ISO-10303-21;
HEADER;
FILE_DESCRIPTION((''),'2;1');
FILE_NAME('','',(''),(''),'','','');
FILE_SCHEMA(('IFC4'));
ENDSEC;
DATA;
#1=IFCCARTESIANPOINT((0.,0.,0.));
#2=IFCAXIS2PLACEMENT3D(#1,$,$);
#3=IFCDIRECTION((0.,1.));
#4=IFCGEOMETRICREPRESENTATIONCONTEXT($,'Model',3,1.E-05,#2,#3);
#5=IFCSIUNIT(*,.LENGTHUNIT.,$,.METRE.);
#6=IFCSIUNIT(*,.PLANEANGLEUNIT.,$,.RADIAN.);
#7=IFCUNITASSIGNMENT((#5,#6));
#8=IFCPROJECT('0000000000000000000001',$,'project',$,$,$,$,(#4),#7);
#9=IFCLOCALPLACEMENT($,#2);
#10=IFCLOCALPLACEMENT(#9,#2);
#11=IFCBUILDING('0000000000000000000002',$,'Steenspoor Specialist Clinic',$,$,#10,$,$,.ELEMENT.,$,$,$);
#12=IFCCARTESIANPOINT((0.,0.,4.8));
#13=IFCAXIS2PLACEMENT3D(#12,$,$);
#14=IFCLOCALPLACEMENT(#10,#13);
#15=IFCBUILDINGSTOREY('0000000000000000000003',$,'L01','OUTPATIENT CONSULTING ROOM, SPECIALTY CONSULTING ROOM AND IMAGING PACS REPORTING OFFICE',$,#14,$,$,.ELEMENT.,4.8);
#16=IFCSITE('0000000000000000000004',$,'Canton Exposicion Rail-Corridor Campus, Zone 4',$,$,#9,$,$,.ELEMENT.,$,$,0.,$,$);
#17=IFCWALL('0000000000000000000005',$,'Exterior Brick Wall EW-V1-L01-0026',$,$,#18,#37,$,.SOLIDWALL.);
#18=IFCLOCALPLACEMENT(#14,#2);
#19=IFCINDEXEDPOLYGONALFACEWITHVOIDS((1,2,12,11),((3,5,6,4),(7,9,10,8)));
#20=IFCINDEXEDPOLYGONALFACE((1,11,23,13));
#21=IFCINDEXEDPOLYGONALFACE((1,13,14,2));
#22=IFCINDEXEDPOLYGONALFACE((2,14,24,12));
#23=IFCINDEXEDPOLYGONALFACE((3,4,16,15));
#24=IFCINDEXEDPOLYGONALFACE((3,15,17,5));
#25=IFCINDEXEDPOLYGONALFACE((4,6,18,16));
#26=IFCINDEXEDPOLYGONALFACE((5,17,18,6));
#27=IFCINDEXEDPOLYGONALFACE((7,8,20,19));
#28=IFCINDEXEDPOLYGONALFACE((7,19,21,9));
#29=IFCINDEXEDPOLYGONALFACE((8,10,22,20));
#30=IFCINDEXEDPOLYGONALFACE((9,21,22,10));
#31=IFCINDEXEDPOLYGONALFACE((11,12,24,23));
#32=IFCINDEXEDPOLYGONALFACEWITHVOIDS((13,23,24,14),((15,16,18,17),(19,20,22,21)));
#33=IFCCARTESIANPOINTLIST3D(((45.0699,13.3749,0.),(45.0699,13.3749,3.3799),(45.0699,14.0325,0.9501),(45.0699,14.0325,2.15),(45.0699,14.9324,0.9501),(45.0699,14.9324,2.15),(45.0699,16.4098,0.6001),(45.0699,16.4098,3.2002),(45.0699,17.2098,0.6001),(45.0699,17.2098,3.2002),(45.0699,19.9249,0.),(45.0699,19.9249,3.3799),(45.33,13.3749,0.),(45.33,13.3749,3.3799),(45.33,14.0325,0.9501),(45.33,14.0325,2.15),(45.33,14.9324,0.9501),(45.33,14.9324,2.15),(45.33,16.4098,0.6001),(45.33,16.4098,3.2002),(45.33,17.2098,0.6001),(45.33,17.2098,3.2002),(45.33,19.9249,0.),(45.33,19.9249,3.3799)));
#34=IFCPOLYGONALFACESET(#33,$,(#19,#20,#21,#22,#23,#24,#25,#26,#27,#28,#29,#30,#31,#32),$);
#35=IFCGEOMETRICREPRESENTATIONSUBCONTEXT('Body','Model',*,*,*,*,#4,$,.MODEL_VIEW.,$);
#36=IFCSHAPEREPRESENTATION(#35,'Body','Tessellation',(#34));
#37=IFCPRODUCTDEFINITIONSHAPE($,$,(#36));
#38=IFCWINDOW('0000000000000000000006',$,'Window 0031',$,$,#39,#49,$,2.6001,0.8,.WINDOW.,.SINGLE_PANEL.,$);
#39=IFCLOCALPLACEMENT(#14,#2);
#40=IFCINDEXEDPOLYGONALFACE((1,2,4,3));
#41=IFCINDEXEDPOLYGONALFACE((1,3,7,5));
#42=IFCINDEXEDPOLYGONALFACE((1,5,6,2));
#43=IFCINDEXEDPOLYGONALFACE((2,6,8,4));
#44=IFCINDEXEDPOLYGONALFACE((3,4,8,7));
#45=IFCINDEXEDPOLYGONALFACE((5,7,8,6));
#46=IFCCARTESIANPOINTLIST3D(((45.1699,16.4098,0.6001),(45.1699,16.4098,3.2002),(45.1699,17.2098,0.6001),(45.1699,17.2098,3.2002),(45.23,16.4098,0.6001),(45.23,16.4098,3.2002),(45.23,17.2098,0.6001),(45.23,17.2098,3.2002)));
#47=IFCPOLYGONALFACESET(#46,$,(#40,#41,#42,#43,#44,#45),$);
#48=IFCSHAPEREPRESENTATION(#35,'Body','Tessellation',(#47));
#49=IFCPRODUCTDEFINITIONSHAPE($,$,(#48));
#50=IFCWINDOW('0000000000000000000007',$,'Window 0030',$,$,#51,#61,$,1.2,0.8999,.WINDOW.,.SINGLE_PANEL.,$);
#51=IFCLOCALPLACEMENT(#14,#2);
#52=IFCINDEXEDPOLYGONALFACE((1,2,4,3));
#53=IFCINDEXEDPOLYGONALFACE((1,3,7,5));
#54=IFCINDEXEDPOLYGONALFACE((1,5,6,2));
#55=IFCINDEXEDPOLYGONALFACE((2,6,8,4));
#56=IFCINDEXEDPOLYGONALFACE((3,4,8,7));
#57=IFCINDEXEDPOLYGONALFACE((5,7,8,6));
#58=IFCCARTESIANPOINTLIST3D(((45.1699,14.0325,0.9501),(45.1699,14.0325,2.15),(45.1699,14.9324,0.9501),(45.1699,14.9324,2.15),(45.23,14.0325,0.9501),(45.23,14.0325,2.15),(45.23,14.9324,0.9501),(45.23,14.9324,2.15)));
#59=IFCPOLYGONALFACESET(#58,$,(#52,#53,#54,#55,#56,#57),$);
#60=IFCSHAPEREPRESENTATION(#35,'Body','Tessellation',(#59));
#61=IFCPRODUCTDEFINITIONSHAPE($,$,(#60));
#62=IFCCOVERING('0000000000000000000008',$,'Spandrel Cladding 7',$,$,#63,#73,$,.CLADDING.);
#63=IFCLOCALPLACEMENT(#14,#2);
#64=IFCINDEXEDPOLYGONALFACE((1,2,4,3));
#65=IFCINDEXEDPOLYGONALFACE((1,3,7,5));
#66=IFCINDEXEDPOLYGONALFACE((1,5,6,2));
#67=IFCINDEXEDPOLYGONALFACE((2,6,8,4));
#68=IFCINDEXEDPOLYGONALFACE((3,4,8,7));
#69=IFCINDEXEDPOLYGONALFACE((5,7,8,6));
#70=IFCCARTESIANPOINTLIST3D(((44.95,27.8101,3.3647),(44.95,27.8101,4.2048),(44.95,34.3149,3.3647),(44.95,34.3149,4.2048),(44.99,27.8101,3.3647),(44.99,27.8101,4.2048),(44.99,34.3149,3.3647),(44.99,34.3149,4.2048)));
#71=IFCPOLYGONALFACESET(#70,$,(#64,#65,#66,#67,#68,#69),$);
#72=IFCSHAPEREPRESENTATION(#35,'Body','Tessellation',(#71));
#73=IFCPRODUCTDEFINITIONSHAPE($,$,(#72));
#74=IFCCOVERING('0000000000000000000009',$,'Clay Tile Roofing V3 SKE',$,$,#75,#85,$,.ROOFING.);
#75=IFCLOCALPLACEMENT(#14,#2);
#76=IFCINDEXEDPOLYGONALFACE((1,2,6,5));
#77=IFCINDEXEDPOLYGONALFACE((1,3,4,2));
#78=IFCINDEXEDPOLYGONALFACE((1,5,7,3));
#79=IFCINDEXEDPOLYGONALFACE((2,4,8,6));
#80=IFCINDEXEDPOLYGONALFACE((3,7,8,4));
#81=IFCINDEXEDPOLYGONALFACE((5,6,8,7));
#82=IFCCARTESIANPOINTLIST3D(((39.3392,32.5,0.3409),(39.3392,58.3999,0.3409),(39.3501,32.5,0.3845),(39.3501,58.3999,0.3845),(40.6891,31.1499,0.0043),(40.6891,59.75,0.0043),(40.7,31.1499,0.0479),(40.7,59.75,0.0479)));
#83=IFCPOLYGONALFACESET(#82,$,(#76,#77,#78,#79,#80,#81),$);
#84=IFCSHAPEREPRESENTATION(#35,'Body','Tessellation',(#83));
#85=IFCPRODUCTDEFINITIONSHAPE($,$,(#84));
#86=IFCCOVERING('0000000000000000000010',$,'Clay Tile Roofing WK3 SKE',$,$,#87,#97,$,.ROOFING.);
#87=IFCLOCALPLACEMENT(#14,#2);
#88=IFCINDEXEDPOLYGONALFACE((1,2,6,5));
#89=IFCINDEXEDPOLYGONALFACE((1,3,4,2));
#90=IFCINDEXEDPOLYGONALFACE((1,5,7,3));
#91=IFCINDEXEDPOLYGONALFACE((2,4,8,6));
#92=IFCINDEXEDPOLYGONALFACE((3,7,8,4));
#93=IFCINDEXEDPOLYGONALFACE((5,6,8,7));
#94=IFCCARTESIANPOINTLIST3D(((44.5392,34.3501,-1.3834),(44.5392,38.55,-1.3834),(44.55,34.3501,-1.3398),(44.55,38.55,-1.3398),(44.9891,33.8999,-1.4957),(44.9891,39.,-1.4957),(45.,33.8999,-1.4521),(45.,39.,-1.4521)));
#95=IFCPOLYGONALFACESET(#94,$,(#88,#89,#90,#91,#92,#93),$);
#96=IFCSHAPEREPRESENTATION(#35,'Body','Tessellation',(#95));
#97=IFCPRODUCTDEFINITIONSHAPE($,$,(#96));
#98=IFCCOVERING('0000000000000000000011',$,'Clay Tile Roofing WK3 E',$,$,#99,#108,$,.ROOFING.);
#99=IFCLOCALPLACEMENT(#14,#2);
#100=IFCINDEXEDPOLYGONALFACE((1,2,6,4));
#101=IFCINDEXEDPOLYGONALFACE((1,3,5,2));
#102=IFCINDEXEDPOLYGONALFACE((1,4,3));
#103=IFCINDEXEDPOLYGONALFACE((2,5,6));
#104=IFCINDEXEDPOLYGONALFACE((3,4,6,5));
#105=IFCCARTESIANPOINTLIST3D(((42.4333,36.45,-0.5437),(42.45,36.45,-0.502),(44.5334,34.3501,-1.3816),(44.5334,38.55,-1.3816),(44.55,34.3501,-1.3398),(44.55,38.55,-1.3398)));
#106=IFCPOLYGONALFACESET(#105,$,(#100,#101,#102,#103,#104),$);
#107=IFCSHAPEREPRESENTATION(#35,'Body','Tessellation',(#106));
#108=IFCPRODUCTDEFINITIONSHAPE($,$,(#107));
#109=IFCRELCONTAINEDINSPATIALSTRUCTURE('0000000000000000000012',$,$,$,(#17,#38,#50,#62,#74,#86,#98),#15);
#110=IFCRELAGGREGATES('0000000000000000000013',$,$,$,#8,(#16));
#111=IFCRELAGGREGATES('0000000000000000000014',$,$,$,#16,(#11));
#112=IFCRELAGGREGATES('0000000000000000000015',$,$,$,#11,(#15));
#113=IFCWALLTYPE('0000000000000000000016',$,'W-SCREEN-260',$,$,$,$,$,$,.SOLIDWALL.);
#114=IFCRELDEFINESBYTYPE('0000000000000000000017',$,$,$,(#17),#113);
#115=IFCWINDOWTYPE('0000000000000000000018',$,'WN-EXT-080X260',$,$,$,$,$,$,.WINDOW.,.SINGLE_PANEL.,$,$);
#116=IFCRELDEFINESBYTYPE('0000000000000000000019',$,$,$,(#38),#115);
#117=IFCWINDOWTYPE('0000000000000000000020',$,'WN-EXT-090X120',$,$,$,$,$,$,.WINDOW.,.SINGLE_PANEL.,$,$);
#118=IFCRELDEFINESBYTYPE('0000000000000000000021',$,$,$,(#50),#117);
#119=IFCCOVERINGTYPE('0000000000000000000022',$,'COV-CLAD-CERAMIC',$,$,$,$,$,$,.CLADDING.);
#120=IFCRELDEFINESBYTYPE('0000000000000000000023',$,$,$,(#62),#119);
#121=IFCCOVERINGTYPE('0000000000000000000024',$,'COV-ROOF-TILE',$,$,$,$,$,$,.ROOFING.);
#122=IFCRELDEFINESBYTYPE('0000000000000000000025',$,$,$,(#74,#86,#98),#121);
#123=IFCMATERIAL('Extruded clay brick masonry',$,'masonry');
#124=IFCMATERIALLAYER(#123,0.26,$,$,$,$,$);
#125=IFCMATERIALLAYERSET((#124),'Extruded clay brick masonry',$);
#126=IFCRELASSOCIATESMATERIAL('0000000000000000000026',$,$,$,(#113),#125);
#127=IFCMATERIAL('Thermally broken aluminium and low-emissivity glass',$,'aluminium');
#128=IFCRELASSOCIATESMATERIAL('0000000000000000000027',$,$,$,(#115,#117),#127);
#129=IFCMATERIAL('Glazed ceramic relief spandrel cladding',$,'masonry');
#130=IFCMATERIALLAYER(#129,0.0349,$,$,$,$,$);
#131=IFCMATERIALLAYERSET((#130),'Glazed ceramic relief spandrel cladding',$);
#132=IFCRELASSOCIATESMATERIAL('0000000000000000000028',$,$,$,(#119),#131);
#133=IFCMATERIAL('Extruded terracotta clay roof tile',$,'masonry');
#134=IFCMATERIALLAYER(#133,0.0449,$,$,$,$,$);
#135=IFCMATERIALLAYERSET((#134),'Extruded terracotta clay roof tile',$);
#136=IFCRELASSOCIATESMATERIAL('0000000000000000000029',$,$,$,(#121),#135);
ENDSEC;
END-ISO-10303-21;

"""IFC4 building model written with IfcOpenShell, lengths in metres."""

from ifc_helpers import new_model, si_unit, direction, frame, frame_2d, origin, origin_2d, place, context, subcontext, project, spatial, polyline, rectangle, outline, extrude, material, layer, layer_set, type_object, element, fill, save


model = new_model("IFC4")

# Units and contexts
model_context = context("Model", 3, precision=1e-05, world=origin(), true_north=direction((0.0, 1.0)))
body_context = subcontext(model_context, "Body", "Model", "MODEL_VIEW")
ifc_project = project(units=[si_unit("LENGTHUNIT", "METRE"), si_unit("PLANEANGLEUNIT", "RADIAN")], contexts=[model_context])

# Site, building, storey
site_placement = place(None, origin())
site = spatial("IfcSite", under=ifc_project, at=site_placement, Name="Canton Exposicion Rail-Corridor Campus, Zone 4", CompositionType="ELEMENT", RefElevation=0.0)
building_placement = place(site_placement, origin())
building = spatial("IfcBuilding", under=site, at=building_placement, Name="Steenspoor Specialist Clinic", CompositionType="ELEMENT")
storey_placement = place(building_placement, frame((0.0, 0.0, 4.8)))
storey = spatial("IfcBuildingStorey", under=building, at=storey_placement, Name="L01", Description="OUTPATIENT CONSULTING ROOM, SPECIALTY CONSULTING ROOM AND IMAGING PACS REPORTING OFFICE", CompositionType="ELEMENT", Elevation=4.8)

# Shared definitions
ifc_material_1 = material(Name="Thermally broken aluminium and low-emissivity glass", Category="aluminium")

# Shared definitions
ifc_material_2 = material(Name="Extruded terracotta clay roof tile", Category="masonry")

# Wall, openings, windows
ifc_material_3 = material(Name="Extruded clay brick masonry", Category="masonry")
ifc_layer_1 = layer(ifc_material_3, 0.26)
ifc_layer_set_1 = layer_set([ifc_layer_1], Name="Extruded clay brick masonry")
wall_type = type_object("IfcWallType", Name="W-SCREEN-260", PredefinedType="SOLIDWALL", material=ifc_layer_set_1)
wall_placement = place(storey_placement, frame((45.2, 13.375, 0.0), z_axis=(0.0, 0.0, 1.0), x_axis=(0.0, 1.0, 0.0)))
wall = element("IfcWall", 1, at=wall_placement, inside=storey, type_object=wall_type, Name="Exterior Brick Wall EW-V1-L01-0026", PredefinedType="SOLIDWALL", context=body_context, shape_type="SweptSolid", body=[
    extrude(rectangle(XDim=6.55, YDim=0.26, at=frame_2d((3.2749, 0.0))), origin(), (0.0, 0.0, 1.0), 3.3799),
])
opening_1_placement = place(wall_placement, frame((0.6575, 0.0, 0.95)))
opening_1 = element("IfcOpeningElement", 2, at=opening_1_placement, cuts=wall, PredefinedType="OPENING", context=body_context, shape_type="SweptSolid", body=[
    extrude(rectangle(XDim=0.8999, YDim=1.2, at=frame_2d((0.45, 0.6001))), frame((0.0, 0.1401, 0.0), z_axis=(0.0, -1.0, 0.0), x_axis=(1.0, 0.0, 0.0)), (0.0, 0.0, 1.0), 0.28),
])
opening_2_placement = place(wall_placement, frame((3.0349, 0.0, 0.6001)))
opening_2 = element("IfcOpeningElement", 3, at=opening_2_placement, cuts=wall, PredefinedType="OPENING", context=body_context, shape_type="SweptSolid", body=[
    extrude(rectangle(XDim=0.8, YDim=2.6001, at=frame_2d((0.3999, 1.3))), frame((0.0, 0.1401, 0.0), z_axis=(0.0, -1.0, 0.0), x_axis=(1.0, 0.0, 0.0)), (0.0, 0.0, 1.0), 0.28),
])
window_type_1 = type_object("IfcWindowType", Name="WN-EXT-080X260", PartitioningType="SINGLE_PANEL", PredefinedType="WINDOW", material=ifc_material_1)
window_1_placement = place(opening_2_placement, origin())
window_1 = element("IfcWindow", 4, at=window_1_placement, inside=storey, type_object=window_type_1, Name="Window 0031", OverallHeight=2.6001, OverallWidth=0.8, PartitioningType="SINGLE_PANEL", PredefinedType="WINDOW", context=body_context, shape_type="SweptSolid", body=[
    extrude(rectangle(XDim=0.8, YDim=2.6001, at=frame_2d((0.3999, 1.3))), frame((0.0, 0.03, 0.0), z_axis=(0.0, -1.0, 0.0), x_axis=(1.0, 0.0, 0.0)), (0.0, 0.0, 1.0), 0.0601),
])
fill(opening_2, window_1)
window_type_2 = type_object("IfcWindowType", Name="WN-EXT-090X120", PartitioningType="SINGLE_PANEL", PredefinedType="WINDOW", material=ifc_material_1)
window_2_placement = place(opening_1_placement, origin())
window_2 = element("IfcWindow", 5, at=window_2_placement, inside=storey, type_object=window_type_2, Name="Window 0030", OverallHeight=1.2, OverallWidth=0.8999, PartitioningType="SINGLE_PANEL", PredefinedType="WINDOW", context=body_context, shape_type="SweptSolid", body=[
    extrude(rectangle(XDim=0.8999, YDim=1.2, at=frame_2d((0.45, 0.6001))), frame((0.0, 0.03, 0.0), z_axis=(0.0, -1.0, 0.0), x_axis=(1.0, 0.0, 0.0)), (0.0, 0.0, 1.0), 0.0601),
])
fill(opening_1, window_2)

# Coverings
ifc_material_4 = material(Name="Glazed ceramic relief spandrel cladding", Category="masonry")
ifc_layer_2 = layer(ifc_material_4, 0.0349)
ifc_layer_set_2 = layer_set([ifc_layer_2], Name="Glazed ceramic relief spandrel cladding")
covering_type_1 = type_object("IfcCoveringType", Name="COV-CLAD-CERAMIC", PredefinedType="CLADDING", material=ifc_layer_set_2)
covering_1_placement = place(storey_placement, frame((44.97, 31.0625, 3.3647), z_axis=(0.0, 0.0, 1.0), x_axis=(0.0, 1.0, 0.0)))
element("IfcCovering", 6, at=covering_1_placement, inside=storey, type_object=covering_type_1, Name="Spandrel Cladding 7", PredefinedType="CLADDING", context=body_context, shape_type="SweptSolid", body=[
    extrude(rectangle(XDim=6.5049, YDim=0.04, at=origin_2d()), origin(), (0.0, 0.0, 1.0), 0.8401),
])
ifc_layer_3 = layer(ifc_material_2, 0.0449)
ifc_layer_set_3 = layer_set([ifc_layer_3], Name="Extruded terracotta clay roof tile")
covering_type_2 = type_object("IfcCoveringType", Name="COV-ROOF-TILE", PredefinedType="ROOFING", material=ifc_layer_set_3)
covering_2_placement = place(storey_placement, frame((40.7, 31.1499, 0.0479), z_axis=(0.241999, 0.0, 0.970277), x_axis=(0.0, 1.0, 0.0)))
element("IfcCovering", 7, at=covering_2_placement, inside=storey, type_object=covering_type_2, Name="Clay Tile Roofing V3 SKE", PredefinedType="ROOFING", context=body_context, shape_type="SweptSolid", body=[
    extrude(outline(polyline([(0.0, 0.0), (28.6001, 0.0), (27.25, 1.3912), (1.3501, 1.3912), (0.0, 0.0)])), origin(), (0.0, 0.0, -1.0), 0.0449),
])
covering_3_placement = place(storey_placement, frame((45.0, 33.8999, -1.4521), z_axis=(0.242164, 0.0, 0.970235), x_axis=(0.0, 1.0, 0.0)))
element("IfcCovering", 8, at=covering_3_placement, inside=storey, type_object=covering_type_2, Name="Clay Tile Roofing WK3 SKE", PredefinedType="ROOFING", context=body_context, shape_type="SweptSolid", body=[
    extrude(outline(polyline([(0.0, 0.0), (5.1001, 0.0), (4.6501, 0.4638), (0.4502, 0.4638), (0.0, 0.0)])), origin(), (0.0, 0.0, -1.0), 0.0449),
])
covering_4_placement = place(storey_placement, frame((44.55, 34.3501, -1.3398), z_axis=(0.370571, 0.0, 0.928804), x_axis=(0.0, 1.0, 0.0)))
element("IfcCovering", 9, at=covering_4_placement, inside=storey, type_object=covering_type_2, Name="Clay Tile Roofing WK3 E", PredefinedType="ROOFING", context=body_context, shape_type="SweptSolid", body=[
    extrude(outline(polyline([(0.0, 0.0), (4.2, 0.0), (2.0999, 2.2611), (0.0, 0.0)])), origin(), (0.0, 0.0, -1.0), 0.0449),
])

save(model, "model.ifc")
